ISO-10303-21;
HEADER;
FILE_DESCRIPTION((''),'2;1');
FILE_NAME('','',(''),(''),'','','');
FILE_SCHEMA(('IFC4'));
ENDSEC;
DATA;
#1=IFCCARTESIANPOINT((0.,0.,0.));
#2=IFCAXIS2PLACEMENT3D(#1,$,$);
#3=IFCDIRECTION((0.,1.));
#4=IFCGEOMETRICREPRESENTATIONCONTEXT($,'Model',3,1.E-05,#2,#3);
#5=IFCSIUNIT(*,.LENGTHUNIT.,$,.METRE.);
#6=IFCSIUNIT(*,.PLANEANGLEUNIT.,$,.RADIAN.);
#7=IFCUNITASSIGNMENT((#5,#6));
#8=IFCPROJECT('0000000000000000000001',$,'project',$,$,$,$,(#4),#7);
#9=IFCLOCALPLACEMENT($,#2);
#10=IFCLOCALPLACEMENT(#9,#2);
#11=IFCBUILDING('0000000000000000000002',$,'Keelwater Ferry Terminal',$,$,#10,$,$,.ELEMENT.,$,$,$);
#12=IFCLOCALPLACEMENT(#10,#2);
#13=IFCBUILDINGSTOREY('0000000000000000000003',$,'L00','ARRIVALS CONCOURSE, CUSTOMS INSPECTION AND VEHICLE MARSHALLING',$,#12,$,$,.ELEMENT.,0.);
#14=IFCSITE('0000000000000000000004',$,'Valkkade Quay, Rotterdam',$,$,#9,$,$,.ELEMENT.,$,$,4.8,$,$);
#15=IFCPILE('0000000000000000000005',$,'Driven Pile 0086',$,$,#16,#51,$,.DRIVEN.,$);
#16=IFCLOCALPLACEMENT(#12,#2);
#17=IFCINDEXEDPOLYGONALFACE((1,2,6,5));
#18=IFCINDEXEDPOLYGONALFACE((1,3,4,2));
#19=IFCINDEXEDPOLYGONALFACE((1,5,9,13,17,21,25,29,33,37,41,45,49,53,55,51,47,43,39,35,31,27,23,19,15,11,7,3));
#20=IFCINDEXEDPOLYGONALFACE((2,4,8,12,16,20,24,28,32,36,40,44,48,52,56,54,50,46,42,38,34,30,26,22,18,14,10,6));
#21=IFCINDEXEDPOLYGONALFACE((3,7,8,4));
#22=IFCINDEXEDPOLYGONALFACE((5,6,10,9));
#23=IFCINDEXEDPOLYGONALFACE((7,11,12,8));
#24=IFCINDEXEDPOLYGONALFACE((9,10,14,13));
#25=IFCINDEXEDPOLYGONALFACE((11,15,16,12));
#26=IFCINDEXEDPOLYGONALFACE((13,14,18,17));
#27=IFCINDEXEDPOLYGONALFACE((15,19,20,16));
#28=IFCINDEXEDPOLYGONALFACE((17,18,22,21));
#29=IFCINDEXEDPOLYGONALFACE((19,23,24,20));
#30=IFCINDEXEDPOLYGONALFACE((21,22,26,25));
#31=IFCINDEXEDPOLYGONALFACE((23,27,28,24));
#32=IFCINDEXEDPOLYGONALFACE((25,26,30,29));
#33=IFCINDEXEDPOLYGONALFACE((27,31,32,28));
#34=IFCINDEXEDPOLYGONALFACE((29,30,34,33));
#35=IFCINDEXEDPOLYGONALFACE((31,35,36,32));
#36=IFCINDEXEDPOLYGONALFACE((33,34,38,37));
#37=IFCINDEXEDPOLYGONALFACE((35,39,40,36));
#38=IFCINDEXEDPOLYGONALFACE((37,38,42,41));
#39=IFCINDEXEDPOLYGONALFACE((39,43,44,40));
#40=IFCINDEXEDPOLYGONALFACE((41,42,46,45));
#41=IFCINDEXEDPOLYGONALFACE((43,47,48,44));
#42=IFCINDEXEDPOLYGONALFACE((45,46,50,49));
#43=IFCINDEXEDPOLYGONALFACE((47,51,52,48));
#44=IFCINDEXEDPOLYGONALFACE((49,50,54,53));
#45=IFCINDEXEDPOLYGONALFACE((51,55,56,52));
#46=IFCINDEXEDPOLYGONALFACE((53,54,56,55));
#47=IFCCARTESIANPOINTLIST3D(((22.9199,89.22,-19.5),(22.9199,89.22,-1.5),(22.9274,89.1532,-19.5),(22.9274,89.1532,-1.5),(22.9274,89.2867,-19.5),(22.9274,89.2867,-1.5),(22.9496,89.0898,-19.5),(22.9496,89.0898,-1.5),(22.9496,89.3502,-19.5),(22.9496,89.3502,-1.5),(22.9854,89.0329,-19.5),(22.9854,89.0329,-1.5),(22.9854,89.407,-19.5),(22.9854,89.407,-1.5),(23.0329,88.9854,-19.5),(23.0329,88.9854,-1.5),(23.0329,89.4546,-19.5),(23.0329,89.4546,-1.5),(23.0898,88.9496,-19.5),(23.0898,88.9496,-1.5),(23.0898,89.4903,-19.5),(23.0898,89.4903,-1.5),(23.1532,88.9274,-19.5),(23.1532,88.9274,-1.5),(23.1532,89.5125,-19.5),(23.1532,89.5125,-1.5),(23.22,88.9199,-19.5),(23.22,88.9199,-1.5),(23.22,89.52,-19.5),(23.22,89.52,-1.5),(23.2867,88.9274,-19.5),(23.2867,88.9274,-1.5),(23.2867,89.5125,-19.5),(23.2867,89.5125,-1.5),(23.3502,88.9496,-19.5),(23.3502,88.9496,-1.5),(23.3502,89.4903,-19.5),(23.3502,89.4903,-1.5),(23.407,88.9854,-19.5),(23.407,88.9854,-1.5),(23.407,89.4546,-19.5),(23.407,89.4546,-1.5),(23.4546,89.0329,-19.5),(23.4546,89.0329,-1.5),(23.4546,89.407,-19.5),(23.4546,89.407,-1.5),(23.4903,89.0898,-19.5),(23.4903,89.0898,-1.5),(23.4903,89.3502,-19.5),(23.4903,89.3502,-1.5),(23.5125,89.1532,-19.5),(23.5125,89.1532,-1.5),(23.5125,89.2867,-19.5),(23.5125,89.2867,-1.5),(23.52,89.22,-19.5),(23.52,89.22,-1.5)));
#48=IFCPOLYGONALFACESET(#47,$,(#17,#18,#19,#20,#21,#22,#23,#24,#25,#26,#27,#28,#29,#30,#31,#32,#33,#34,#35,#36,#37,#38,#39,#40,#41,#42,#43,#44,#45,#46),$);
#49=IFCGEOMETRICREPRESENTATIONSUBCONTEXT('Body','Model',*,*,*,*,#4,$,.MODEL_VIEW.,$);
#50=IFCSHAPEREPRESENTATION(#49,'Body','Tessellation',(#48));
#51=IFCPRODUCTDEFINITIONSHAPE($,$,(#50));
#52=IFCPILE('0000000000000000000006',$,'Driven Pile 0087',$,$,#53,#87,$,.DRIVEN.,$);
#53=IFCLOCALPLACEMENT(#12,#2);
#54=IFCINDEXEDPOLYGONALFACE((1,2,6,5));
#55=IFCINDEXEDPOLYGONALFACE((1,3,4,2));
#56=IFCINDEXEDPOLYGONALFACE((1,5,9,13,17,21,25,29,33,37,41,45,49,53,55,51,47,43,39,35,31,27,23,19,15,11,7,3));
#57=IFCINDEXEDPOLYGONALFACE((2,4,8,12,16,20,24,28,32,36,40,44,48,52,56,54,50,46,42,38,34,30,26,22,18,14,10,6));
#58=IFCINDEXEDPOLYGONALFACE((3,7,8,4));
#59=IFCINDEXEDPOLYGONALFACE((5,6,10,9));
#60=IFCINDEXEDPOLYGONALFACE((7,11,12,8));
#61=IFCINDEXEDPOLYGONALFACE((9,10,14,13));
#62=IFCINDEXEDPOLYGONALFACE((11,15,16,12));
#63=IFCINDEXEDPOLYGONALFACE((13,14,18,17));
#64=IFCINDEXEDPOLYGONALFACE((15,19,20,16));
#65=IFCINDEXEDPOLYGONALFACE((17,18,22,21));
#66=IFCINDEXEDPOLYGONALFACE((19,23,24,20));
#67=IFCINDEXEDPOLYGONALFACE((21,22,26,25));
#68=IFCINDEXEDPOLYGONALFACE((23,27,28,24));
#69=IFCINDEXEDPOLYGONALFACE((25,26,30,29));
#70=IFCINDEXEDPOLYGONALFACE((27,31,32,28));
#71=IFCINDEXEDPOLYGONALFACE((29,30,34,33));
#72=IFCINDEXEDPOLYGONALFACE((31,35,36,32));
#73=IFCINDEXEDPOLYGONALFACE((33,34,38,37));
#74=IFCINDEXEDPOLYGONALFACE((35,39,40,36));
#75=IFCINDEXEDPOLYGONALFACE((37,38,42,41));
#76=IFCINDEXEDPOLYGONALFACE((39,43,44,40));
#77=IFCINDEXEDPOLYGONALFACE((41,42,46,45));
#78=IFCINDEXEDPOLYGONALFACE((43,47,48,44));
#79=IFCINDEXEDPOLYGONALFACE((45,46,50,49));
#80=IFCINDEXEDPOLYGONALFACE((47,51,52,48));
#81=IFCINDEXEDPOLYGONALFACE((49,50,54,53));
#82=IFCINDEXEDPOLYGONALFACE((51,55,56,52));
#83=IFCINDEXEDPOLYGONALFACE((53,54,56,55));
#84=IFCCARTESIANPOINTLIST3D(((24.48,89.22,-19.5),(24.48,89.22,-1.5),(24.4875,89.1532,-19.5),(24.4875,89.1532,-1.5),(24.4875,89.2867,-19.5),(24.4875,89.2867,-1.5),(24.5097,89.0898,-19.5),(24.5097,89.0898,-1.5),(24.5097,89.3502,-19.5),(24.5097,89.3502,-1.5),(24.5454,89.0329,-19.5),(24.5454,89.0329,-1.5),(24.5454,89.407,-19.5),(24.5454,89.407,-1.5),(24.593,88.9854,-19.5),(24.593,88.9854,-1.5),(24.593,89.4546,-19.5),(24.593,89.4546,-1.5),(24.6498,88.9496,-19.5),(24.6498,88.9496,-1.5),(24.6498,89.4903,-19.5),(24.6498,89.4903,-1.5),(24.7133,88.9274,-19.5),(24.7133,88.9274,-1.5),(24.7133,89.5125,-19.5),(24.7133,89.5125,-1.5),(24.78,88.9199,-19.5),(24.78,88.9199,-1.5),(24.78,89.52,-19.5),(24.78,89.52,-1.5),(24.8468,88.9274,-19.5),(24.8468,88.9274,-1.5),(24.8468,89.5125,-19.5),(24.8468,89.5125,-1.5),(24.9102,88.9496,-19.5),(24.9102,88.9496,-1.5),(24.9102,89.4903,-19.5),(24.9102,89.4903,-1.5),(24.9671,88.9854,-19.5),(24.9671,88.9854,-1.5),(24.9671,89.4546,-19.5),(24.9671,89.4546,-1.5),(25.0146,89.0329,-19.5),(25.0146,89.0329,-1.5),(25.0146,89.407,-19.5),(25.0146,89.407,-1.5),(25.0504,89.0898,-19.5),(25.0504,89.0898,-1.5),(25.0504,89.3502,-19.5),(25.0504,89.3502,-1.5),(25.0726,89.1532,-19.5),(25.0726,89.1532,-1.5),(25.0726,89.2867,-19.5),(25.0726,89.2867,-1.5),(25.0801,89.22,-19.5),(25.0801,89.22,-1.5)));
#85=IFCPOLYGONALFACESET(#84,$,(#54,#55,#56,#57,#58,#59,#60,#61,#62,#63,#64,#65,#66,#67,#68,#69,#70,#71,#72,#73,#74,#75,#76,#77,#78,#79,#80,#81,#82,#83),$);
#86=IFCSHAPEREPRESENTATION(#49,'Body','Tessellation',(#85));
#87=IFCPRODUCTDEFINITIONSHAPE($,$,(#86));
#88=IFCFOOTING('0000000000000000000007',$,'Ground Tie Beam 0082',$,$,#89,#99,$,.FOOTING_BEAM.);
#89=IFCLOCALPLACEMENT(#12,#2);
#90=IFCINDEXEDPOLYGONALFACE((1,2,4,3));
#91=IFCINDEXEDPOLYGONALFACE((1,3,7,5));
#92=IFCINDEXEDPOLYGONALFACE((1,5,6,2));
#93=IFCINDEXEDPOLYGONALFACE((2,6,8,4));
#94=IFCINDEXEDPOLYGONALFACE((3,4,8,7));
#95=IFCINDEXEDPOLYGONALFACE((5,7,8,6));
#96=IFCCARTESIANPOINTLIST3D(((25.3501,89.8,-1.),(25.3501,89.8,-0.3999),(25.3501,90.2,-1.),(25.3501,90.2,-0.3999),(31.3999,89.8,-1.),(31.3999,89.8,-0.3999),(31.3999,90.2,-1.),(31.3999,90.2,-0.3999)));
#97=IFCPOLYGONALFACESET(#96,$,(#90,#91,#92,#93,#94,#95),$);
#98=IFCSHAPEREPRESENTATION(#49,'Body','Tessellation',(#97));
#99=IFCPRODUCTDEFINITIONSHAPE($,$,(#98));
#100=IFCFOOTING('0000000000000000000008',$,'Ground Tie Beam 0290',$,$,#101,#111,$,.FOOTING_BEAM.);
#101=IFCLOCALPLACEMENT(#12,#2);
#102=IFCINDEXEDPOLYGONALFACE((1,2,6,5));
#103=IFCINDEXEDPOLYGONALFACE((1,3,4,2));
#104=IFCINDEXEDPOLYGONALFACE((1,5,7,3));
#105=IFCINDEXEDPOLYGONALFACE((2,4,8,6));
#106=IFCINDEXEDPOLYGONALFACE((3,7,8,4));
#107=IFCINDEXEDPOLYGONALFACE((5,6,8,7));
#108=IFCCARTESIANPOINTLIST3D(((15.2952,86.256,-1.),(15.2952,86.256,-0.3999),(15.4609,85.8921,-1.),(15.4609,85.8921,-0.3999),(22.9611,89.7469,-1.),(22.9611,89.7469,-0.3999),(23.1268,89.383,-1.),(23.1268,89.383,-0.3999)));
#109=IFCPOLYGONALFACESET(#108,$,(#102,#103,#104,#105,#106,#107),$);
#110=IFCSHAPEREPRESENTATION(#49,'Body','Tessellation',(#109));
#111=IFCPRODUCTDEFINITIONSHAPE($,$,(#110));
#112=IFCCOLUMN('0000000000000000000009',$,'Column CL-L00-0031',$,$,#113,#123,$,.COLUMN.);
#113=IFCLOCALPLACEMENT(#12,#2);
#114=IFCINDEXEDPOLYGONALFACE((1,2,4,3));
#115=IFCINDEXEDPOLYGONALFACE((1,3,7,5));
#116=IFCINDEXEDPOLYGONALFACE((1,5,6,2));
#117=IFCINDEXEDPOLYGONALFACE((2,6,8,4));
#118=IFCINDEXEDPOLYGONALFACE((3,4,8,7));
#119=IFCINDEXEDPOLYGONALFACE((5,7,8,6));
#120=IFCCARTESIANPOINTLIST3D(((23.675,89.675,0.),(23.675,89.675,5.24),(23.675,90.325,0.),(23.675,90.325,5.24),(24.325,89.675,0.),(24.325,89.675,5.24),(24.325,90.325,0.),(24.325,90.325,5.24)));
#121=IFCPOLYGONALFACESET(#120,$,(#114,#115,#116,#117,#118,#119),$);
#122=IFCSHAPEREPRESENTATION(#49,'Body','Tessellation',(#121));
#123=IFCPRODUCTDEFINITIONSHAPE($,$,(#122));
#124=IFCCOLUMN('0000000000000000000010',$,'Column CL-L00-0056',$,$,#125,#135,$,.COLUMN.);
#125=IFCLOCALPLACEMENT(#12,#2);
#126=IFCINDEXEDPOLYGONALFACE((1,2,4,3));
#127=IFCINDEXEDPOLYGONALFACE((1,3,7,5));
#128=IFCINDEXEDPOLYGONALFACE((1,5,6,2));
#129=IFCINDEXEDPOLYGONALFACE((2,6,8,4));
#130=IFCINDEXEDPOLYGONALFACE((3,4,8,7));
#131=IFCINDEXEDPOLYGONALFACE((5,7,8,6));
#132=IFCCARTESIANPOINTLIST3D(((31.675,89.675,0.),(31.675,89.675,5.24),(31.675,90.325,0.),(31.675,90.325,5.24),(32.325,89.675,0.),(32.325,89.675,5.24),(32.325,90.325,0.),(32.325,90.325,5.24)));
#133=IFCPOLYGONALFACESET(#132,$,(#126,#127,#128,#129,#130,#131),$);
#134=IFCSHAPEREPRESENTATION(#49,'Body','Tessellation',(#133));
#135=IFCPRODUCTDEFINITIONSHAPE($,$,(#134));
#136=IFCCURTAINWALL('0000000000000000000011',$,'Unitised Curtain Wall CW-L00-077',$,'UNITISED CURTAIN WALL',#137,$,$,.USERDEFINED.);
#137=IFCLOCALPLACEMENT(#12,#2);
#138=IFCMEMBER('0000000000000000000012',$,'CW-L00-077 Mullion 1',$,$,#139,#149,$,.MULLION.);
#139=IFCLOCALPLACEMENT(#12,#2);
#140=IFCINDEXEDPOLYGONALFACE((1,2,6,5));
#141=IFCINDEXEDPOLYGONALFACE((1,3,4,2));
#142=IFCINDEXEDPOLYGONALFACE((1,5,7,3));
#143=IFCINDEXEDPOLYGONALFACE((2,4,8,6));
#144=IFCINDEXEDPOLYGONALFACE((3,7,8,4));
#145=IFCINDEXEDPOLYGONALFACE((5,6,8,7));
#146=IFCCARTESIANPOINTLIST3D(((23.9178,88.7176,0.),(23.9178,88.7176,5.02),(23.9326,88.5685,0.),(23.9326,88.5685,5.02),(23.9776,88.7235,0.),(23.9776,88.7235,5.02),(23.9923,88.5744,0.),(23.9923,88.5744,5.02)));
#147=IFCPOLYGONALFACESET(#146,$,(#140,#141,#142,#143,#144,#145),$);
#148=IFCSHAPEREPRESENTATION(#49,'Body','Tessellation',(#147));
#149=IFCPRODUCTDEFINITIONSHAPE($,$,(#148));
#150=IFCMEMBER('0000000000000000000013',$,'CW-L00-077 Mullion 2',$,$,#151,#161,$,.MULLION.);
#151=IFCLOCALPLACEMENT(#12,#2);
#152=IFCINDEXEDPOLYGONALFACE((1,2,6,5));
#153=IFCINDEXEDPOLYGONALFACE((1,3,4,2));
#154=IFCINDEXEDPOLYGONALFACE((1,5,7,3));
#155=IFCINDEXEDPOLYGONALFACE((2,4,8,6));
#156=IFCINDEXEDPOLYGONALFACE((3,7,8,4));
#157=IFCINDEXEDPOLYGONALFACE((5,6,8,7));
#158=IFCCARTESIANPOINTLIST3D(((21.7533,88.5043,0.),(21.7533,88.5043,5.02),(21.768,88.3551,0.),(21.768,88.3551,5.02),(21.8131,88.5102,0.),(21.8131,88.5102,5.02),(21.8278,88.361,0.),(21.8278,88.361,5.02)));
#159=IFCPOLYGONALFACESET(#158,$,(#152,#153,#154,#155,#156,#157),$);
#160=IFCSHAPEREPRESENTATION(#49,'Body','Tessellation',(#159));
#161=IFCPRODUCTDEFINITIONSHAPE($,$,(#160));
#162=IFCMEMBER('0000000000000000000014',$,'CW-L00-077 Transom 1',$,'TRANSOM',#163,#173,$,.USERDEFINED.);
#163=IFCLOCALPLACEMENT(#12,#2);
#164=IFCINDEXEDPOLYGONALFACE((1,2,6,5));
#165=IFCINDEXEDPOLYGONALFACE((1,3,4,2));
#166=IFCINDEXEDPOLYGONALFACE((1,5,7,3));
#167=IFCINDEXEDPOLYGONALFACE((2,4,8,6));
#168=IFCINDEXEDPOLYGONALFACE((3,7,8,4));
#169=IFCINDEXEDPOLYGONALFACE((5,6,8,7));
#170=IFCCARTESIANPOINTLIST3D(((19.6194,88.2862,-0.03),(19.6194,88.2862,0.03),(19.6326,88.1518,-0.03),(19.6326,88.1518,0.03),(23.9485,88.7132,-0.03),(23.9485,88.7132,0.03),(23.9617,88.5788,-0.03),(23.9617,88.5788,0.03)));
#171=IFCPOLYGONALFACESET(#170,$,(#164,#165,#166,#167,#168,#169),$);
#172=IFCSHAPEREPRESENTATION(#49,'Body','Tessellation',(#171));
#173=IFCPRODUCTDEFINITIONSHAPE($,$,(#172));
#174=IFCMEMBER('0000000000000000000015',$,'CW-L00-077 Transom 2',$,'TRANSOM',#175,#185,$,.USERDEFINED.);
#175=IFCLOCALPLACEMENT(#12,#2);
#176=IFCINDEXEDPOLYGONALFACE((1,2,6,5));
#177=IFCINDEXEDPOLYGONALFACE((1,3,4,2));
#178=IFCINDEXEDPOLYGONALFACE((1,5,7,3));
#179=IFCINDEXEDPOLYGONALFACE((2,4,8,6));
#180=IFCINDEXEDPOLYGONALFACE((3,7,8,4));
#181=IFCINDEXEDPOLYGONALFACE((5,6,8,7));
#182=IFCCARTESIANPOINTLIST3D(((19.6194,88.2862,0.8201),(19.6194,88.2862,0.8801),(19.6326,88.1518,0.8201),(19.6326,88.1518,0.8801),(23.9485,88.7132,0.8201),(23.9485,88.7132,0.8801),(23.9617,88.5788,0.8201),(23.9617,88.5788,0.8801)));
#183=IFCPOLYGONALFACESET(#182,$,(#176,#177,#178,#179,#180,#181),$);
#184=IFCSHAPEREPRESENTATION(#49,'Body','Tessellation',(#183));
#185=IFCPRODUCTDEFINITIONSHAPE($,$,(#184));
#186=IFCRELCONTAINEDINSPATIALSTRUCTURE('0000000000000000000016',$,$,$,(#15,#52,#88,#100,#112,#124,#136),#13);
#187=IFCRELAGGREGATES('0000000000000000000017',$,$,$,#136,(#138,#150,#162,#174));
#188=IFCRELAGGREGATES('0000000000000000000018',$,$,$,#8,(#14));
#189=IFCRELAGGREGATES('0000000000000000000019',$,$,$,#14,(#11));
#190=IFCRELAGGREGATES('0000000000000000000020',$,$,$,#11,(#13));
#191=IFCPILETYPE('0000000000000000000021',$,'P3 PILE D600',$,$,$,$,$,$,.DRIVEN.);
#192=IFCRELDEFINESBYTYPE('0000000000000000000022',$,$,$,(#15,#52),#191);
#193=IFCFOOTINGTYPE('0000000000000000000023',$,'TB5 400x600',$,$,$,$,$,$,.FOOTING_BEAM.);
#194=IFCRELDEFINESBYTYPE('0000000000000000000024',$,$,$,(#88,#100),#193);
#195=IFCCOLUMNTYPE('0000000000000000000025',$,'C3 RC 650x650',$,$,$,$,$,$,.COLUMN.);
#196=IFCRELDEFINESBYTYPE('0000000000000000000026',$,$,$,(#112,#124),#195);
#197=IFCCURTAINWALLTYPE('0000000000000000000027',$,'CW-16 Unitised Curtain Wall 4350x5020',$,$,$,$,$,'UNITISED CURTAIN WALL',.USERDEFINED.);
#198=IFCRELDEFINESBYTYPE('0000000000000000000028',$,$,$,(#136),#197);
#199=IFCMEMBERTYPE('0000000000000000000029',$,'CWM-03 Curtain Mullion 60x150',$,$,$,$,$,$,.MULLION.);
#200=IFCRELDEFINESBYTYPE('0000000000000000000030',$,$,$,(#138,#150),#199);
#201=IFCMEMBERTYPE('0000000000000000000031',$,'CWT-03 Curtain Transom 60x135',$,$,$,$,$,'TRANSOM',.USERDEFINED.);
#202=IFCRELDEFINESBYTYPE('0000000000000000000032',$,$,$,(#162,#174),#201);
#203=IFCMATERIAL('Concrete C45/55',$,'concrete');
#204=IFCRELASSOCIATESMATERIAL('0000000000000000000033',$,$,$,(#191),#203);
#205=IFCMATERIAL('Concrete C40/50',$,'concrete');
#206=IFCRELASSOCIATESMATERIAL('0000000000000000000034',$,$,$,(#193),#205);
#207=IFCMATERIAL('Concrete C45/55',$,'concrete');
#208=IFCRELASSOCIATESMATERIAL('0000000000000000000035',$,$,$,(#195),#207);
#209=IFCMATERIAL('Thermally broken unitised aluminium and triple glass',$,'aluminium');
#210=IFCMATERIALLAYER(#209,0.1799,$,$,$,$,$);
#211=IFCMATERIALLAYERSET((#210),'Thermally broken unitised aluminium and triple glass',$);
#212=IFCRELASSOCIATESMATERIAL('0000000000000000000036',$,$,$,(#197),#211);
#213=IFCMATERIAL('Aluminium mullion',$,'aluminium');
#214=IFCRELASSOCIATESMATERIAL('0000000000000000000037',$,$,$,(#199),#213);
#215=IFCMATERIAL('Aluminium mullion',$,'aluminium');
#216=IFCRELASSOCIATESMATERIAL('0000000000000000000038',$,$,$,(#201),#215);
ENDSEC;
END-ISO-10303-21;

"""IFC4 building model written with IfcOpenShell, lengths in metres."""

from ifc_helpers import new_model, si_unit, direction, frame, origin, origin_2d, place, context, subcontext, project, spatial, rectangle, circle, extrude, material, layer, layer_set, material_profile, profile_set, type_object, element, aggregate, save


model = new_model("IFC4")

# Units and contexts
model_context = context("Model", 3, precision=1e-05, world=origin(), true_north=direction((0.0, 1.0)))
body_context = subcontext(model_context, "Body", "Model", "MODEL_VIEW")
ifc_project = project(units=[si_unit("LENGTHUNIT", "METRE"), si_unit("PLANEANGLEUNIT", "RADIAN")], contexts=[model_context])

# Site, building, storey
site_placement = place(None, origin())
site = spatial("IfcSite", under=ifc_project, at=site_placement, Name="Valkkade Quay, Rotterdam", CompositionType="ELEMENT", RefElevation=4.8)
building_placement = place(site_placement, origin())
building = spatial("IfcBuilding", under=site, at=building_placement, Name="Keelwater Ferry Terminal", CompositionType="ELEMENT")
storey_placement = place(building_placement, origin())
storey = spatial("IfcBuildingStorey", under=building, at=storey_placement, Name="L00", Description="ARRIVALS CONCOURSE, CUSTOMS INSPECTION AND VEHICLE MARSHALLING", CompositionType="ELEMENT", Elevation=0.0)

# Piles
ifc_material_1 = material(Name="Concrete C45/55", Category="concrete")
ifc_material_profile_1 = material_profile(ifc_material_1, circle(Radius=0.3, at=origin_2d()), Name="PILE D600")
ifc_profile_set_1 = profile_set([ifc_material_profile_1], Name="Concrete C45/55")
pile_type = type_object("IfcPileType", Name="P3 PILE D600", PredefinedType="DRIVEN", material=ifc_profile_set_1)
for number, where, z_axis, x_axis, name in (
    (1, (23.22, 89.22, -1.5), (0.0, 0.0, -1.0), (1.0, 0.0, 0.0), "Driven Pile 0086"),
    (2, (24.78, 89.22, -1.5), (0.0, 0.0, -1.0), (1.0, 0.0, 0.0), "Driven Pile 0087"),
):
    element("IfcPile", number, at=place(storey_placement, frame(where, z_axis=z_axis, x_axis=x_axis)), inside=storey, type_object=pile_type, Name=name, PredefinedType="DRIVEN", context=body_context, shape_type="SweptSolid", body=[
        extrude(circle(Radius=0.3, at=origin_2d()), origin(), (0.0, 0.0, 1.0), 18.0),
    ])

# Footings
ifc_material_2 = material(Name="Concrete C40/50", Category="concrete")
ifc_material_profile_2 = material_profile(ifc_material_2, rectangle(XDim=0.3999, YDim=0.6001, at=origin_2d()), Name="TB 400x600")
ifc_profile_set_2 = profile_set([ifc_material_profile_2], Name="Concrete C40/50")
footing_type = type_object("IfcFootingType", Name="TB5 400x600", PredefinedType="FOOTING_BEAM", material=ifc_profile_set_2)
footing_1_placement = place(storey_placement, frame((25.3501, 90.0, -0.7), z_axis=(1.0, 0.0, 0.0), x_axis=(0.0, 1.0, 0.0)))
element("IfcFooting", 3, at=footing_1_placement, inside=storey, type_object=footing_type, Name="Ground Tie Beam 0082", PredefinedType="FOOTING_BEAM", context=body_context, shape_type="SweptSolid", body=[
    extrude(rectangle(XDim=0.3999, YDim=0.6001, at=origin_2d()), origin(), (0.0, 0.0, 1.0), 6.0498),
])
footing_2_placement = place(storey_placement, frame((23.0439, 89.5649, -0.7), z_axis=(-0.910079, -0.414434, 0.0), x_axis=(0.414434, -0.910079, 0.0)))
element("IfcFooting", 4, at=footing_2_placement, inside=storey, type_object=footing_type, Name="Ground Tie Beam 0290", PredefinedType="FOOTING_BEAM", context=body_context, shape_type="SweptSolid", body=[
    extrude(rectangle(XDim=0.3999, YDim=0.6001, at=origin_2d()), origin(), (0.0, 0.0, 1.0), 8.4233),
])

# Columns
ifc_material_3 = material(Name="Concrete C45/55", Category="concrete")
ifc_material_profile_3 = material_profile(ifc_material_3, rectangle(XDim=0.6499, YDim=0.6499, at=origin_2d()), Name="RC 650x650")
ifc_profile_set_3 = profile_set([ifc_material_profile_3], Name="Concrete C45/55")
column_type = type_object("IfcColumnType", Name="C3 RC 650x650", PredefinedType="COLUMN", material=ifc_profile_set_3)
for number, where, z_axis, x_axis, name in (
    (5, (24.0, 90.0, 0.0), (0.0, 0.0, 1.0), (1.0, 0.0, 0.0), "Column CL-L00-0031"),
    (6, (32.0, 90.0, 0.0), (0.0, 0.0, 1.0), (1.0, 0.0, 0.0), "Column CL-L00-0056"),
):
    element("IfcColumn", number, at=place(storey_placement, frame(where, z_axis=z_axis, x_axis=x_axis)), inside=storey, type_object=column_type, Name=name, PredefinedType="COLUMN", context=body_context, shape_type="SweptSolid", body=[
        extrude(rectangle(XDim=0.6499, YDim=0.6499, at=origin_2d()), origin(), (0.0, 0.0, 1.0), 5.24),
    ])

# Curtain wall, members
ifc_material_4 = material(Name="Thermally broken unitised aluminium and triple glass", Category="aluminium")
ifc_layer_1 = layer(ifc_material_4, 0.1799)
ifc_layer_set_1 = layer_set([ifc_layer_1], Name="Thermally broken unitised aluminium and triple glass")
curtain_wall_type = type_object("IfcCurtainWallType", Name="CW-16 Unitised Curtain Wall 4350x5020", ElementType="UNITISED CURTAIN WALL", PredefinedType="USERDEFINED", material=ifc_layer_set_1)
curtain_wall_placement = place(storey_placement, origin())
curtain_wall = element("IfcCurtainWall", 7, at=curtain_wall_placement, inside=storey, type_object=curtain_wall_type, Name="Unitised Curtain Wall CW-L00-077", ObjectType="UNITISED CURTAIN WALL", PredefinedType="USERDEFINED")
ifc_material_5 = material(Name="Aluminium mullion", Category="aluminium")
ifc_material_profile_4 = material_profile(ifc_material_5, rectangle(XDim=0.0601, YDim=0.1499, at=origin_2d()), Name="CWM-03")
ifc_profile_set_4 = profile_set([ifc_material_profile_4], Name="Aluminium mullion")
member_type_1 = type_object("IfcMemberType", Name="CWM-03 Curtain Mullion 60x150", PredefinedType="MULLION", material=ifc_profile_set_4)
member_1_placement = place(storey_placement, frame((23.9551, 88.646, 0.0), z_axis=(0.0, 0.0, 1.0), x_axis=(-0.995171, -0.098161, 0.0)))
member_1 = element("IfcMember", 8, at=member_1_placement, type_object=member_type_1, Name="CW-L00-077 Mullion 1", PredefinedType="MULLION", context=body_context, shape_type="SweptSolid", body=[
    extrude(rectangle(XDim=0.0601, YDim=0.1499, at=origin_2d()), origin(), (0.0, 0.0, 1.0), 5.02),
])
member_2_placement = place(storey_placement, frame((21.7905, 88.4326, 0.0), z_axis=(0.0, 0.0, 1.0), x_axis=(-0.995171, -0.098161, 0.0)))
member_2 = element("IfcMember", 9, at=member_2_placement, type_object=member_type_1, Name="CW-L00-077 Mullion 2", PredefinedType="MULLION", context=body_context, shape_type="SweptSolid", body=[
    extrude(rectangle(XDim=0.0601, YDim=0.1499, at=origin_2d()), origin(), (0.0, 0.0, 1.0), 5.02),
])
ifc_material_6 = material(Name="Aluminium mullion", Category="aluminium")
ifc_material_profile_5 = material_profile(ifc_material_6, rectangle(XDim=0.135, YDim=0.0601, at=origin_2d()), Name="CWT-03")
ifc_profile_set_5 = profile_set([ifc_material_profile_5], Name="Aluminium mullion")
member_type_2 = type_object("IfcMemberType", Name="CWT-03 Curtain Transom 60x135", ElementType="TRANSOM", PredefinedType="USERDEFINED", material=ifc_profile_set_5)
member_3_placement = place(storey_placement, frame((23.9551, 88.646, 0.0), z_axis=(-0.995171, -0.098159, 0.0), x_axis=(0.098159, -0.995171, 0.0)))
member_3 = element("IfcMember", 10, at=member_3_placement, type_object=member_type_2, Name="CW-L00-077 Transom 1", ObjectType="TRANSOM", PredefinedType="USERDEFINED", context=body_context, shape_type="SweptSolid", body=[
    extrude(rectangle(XDim=0.135, YDim=0.0601, at=origin_2d()), origin(), (0.0, 0.0, 1.0), 4.3501),
])
member_4_placement = place(storey_placement, frame((23.9551, 88.646, 0.8501), z_axis=(-0.995171, -0.098159, 0.0), x_axis=(0.098159, -0.995171, 0.0)))
member_4 = element("IfcMember", 11, at=member_4_placement, type_object=member_type_2, Name="CW-L00-077 Transom 2", ObjectType="TRANSOM", PredefinedType="USERDEFINED", context=body_context, shape_type="SweptSolid", body=[
    extrude(rectangle(XDim=0.135, YDim=0.0601, at=origin_2d()), origin(), (0.0, 0.0, 1.0), 4.3501),
])

aggregate(curtain_wall, [member_1, member_2, member_3, member_4])

save(model, "model.ifc")
